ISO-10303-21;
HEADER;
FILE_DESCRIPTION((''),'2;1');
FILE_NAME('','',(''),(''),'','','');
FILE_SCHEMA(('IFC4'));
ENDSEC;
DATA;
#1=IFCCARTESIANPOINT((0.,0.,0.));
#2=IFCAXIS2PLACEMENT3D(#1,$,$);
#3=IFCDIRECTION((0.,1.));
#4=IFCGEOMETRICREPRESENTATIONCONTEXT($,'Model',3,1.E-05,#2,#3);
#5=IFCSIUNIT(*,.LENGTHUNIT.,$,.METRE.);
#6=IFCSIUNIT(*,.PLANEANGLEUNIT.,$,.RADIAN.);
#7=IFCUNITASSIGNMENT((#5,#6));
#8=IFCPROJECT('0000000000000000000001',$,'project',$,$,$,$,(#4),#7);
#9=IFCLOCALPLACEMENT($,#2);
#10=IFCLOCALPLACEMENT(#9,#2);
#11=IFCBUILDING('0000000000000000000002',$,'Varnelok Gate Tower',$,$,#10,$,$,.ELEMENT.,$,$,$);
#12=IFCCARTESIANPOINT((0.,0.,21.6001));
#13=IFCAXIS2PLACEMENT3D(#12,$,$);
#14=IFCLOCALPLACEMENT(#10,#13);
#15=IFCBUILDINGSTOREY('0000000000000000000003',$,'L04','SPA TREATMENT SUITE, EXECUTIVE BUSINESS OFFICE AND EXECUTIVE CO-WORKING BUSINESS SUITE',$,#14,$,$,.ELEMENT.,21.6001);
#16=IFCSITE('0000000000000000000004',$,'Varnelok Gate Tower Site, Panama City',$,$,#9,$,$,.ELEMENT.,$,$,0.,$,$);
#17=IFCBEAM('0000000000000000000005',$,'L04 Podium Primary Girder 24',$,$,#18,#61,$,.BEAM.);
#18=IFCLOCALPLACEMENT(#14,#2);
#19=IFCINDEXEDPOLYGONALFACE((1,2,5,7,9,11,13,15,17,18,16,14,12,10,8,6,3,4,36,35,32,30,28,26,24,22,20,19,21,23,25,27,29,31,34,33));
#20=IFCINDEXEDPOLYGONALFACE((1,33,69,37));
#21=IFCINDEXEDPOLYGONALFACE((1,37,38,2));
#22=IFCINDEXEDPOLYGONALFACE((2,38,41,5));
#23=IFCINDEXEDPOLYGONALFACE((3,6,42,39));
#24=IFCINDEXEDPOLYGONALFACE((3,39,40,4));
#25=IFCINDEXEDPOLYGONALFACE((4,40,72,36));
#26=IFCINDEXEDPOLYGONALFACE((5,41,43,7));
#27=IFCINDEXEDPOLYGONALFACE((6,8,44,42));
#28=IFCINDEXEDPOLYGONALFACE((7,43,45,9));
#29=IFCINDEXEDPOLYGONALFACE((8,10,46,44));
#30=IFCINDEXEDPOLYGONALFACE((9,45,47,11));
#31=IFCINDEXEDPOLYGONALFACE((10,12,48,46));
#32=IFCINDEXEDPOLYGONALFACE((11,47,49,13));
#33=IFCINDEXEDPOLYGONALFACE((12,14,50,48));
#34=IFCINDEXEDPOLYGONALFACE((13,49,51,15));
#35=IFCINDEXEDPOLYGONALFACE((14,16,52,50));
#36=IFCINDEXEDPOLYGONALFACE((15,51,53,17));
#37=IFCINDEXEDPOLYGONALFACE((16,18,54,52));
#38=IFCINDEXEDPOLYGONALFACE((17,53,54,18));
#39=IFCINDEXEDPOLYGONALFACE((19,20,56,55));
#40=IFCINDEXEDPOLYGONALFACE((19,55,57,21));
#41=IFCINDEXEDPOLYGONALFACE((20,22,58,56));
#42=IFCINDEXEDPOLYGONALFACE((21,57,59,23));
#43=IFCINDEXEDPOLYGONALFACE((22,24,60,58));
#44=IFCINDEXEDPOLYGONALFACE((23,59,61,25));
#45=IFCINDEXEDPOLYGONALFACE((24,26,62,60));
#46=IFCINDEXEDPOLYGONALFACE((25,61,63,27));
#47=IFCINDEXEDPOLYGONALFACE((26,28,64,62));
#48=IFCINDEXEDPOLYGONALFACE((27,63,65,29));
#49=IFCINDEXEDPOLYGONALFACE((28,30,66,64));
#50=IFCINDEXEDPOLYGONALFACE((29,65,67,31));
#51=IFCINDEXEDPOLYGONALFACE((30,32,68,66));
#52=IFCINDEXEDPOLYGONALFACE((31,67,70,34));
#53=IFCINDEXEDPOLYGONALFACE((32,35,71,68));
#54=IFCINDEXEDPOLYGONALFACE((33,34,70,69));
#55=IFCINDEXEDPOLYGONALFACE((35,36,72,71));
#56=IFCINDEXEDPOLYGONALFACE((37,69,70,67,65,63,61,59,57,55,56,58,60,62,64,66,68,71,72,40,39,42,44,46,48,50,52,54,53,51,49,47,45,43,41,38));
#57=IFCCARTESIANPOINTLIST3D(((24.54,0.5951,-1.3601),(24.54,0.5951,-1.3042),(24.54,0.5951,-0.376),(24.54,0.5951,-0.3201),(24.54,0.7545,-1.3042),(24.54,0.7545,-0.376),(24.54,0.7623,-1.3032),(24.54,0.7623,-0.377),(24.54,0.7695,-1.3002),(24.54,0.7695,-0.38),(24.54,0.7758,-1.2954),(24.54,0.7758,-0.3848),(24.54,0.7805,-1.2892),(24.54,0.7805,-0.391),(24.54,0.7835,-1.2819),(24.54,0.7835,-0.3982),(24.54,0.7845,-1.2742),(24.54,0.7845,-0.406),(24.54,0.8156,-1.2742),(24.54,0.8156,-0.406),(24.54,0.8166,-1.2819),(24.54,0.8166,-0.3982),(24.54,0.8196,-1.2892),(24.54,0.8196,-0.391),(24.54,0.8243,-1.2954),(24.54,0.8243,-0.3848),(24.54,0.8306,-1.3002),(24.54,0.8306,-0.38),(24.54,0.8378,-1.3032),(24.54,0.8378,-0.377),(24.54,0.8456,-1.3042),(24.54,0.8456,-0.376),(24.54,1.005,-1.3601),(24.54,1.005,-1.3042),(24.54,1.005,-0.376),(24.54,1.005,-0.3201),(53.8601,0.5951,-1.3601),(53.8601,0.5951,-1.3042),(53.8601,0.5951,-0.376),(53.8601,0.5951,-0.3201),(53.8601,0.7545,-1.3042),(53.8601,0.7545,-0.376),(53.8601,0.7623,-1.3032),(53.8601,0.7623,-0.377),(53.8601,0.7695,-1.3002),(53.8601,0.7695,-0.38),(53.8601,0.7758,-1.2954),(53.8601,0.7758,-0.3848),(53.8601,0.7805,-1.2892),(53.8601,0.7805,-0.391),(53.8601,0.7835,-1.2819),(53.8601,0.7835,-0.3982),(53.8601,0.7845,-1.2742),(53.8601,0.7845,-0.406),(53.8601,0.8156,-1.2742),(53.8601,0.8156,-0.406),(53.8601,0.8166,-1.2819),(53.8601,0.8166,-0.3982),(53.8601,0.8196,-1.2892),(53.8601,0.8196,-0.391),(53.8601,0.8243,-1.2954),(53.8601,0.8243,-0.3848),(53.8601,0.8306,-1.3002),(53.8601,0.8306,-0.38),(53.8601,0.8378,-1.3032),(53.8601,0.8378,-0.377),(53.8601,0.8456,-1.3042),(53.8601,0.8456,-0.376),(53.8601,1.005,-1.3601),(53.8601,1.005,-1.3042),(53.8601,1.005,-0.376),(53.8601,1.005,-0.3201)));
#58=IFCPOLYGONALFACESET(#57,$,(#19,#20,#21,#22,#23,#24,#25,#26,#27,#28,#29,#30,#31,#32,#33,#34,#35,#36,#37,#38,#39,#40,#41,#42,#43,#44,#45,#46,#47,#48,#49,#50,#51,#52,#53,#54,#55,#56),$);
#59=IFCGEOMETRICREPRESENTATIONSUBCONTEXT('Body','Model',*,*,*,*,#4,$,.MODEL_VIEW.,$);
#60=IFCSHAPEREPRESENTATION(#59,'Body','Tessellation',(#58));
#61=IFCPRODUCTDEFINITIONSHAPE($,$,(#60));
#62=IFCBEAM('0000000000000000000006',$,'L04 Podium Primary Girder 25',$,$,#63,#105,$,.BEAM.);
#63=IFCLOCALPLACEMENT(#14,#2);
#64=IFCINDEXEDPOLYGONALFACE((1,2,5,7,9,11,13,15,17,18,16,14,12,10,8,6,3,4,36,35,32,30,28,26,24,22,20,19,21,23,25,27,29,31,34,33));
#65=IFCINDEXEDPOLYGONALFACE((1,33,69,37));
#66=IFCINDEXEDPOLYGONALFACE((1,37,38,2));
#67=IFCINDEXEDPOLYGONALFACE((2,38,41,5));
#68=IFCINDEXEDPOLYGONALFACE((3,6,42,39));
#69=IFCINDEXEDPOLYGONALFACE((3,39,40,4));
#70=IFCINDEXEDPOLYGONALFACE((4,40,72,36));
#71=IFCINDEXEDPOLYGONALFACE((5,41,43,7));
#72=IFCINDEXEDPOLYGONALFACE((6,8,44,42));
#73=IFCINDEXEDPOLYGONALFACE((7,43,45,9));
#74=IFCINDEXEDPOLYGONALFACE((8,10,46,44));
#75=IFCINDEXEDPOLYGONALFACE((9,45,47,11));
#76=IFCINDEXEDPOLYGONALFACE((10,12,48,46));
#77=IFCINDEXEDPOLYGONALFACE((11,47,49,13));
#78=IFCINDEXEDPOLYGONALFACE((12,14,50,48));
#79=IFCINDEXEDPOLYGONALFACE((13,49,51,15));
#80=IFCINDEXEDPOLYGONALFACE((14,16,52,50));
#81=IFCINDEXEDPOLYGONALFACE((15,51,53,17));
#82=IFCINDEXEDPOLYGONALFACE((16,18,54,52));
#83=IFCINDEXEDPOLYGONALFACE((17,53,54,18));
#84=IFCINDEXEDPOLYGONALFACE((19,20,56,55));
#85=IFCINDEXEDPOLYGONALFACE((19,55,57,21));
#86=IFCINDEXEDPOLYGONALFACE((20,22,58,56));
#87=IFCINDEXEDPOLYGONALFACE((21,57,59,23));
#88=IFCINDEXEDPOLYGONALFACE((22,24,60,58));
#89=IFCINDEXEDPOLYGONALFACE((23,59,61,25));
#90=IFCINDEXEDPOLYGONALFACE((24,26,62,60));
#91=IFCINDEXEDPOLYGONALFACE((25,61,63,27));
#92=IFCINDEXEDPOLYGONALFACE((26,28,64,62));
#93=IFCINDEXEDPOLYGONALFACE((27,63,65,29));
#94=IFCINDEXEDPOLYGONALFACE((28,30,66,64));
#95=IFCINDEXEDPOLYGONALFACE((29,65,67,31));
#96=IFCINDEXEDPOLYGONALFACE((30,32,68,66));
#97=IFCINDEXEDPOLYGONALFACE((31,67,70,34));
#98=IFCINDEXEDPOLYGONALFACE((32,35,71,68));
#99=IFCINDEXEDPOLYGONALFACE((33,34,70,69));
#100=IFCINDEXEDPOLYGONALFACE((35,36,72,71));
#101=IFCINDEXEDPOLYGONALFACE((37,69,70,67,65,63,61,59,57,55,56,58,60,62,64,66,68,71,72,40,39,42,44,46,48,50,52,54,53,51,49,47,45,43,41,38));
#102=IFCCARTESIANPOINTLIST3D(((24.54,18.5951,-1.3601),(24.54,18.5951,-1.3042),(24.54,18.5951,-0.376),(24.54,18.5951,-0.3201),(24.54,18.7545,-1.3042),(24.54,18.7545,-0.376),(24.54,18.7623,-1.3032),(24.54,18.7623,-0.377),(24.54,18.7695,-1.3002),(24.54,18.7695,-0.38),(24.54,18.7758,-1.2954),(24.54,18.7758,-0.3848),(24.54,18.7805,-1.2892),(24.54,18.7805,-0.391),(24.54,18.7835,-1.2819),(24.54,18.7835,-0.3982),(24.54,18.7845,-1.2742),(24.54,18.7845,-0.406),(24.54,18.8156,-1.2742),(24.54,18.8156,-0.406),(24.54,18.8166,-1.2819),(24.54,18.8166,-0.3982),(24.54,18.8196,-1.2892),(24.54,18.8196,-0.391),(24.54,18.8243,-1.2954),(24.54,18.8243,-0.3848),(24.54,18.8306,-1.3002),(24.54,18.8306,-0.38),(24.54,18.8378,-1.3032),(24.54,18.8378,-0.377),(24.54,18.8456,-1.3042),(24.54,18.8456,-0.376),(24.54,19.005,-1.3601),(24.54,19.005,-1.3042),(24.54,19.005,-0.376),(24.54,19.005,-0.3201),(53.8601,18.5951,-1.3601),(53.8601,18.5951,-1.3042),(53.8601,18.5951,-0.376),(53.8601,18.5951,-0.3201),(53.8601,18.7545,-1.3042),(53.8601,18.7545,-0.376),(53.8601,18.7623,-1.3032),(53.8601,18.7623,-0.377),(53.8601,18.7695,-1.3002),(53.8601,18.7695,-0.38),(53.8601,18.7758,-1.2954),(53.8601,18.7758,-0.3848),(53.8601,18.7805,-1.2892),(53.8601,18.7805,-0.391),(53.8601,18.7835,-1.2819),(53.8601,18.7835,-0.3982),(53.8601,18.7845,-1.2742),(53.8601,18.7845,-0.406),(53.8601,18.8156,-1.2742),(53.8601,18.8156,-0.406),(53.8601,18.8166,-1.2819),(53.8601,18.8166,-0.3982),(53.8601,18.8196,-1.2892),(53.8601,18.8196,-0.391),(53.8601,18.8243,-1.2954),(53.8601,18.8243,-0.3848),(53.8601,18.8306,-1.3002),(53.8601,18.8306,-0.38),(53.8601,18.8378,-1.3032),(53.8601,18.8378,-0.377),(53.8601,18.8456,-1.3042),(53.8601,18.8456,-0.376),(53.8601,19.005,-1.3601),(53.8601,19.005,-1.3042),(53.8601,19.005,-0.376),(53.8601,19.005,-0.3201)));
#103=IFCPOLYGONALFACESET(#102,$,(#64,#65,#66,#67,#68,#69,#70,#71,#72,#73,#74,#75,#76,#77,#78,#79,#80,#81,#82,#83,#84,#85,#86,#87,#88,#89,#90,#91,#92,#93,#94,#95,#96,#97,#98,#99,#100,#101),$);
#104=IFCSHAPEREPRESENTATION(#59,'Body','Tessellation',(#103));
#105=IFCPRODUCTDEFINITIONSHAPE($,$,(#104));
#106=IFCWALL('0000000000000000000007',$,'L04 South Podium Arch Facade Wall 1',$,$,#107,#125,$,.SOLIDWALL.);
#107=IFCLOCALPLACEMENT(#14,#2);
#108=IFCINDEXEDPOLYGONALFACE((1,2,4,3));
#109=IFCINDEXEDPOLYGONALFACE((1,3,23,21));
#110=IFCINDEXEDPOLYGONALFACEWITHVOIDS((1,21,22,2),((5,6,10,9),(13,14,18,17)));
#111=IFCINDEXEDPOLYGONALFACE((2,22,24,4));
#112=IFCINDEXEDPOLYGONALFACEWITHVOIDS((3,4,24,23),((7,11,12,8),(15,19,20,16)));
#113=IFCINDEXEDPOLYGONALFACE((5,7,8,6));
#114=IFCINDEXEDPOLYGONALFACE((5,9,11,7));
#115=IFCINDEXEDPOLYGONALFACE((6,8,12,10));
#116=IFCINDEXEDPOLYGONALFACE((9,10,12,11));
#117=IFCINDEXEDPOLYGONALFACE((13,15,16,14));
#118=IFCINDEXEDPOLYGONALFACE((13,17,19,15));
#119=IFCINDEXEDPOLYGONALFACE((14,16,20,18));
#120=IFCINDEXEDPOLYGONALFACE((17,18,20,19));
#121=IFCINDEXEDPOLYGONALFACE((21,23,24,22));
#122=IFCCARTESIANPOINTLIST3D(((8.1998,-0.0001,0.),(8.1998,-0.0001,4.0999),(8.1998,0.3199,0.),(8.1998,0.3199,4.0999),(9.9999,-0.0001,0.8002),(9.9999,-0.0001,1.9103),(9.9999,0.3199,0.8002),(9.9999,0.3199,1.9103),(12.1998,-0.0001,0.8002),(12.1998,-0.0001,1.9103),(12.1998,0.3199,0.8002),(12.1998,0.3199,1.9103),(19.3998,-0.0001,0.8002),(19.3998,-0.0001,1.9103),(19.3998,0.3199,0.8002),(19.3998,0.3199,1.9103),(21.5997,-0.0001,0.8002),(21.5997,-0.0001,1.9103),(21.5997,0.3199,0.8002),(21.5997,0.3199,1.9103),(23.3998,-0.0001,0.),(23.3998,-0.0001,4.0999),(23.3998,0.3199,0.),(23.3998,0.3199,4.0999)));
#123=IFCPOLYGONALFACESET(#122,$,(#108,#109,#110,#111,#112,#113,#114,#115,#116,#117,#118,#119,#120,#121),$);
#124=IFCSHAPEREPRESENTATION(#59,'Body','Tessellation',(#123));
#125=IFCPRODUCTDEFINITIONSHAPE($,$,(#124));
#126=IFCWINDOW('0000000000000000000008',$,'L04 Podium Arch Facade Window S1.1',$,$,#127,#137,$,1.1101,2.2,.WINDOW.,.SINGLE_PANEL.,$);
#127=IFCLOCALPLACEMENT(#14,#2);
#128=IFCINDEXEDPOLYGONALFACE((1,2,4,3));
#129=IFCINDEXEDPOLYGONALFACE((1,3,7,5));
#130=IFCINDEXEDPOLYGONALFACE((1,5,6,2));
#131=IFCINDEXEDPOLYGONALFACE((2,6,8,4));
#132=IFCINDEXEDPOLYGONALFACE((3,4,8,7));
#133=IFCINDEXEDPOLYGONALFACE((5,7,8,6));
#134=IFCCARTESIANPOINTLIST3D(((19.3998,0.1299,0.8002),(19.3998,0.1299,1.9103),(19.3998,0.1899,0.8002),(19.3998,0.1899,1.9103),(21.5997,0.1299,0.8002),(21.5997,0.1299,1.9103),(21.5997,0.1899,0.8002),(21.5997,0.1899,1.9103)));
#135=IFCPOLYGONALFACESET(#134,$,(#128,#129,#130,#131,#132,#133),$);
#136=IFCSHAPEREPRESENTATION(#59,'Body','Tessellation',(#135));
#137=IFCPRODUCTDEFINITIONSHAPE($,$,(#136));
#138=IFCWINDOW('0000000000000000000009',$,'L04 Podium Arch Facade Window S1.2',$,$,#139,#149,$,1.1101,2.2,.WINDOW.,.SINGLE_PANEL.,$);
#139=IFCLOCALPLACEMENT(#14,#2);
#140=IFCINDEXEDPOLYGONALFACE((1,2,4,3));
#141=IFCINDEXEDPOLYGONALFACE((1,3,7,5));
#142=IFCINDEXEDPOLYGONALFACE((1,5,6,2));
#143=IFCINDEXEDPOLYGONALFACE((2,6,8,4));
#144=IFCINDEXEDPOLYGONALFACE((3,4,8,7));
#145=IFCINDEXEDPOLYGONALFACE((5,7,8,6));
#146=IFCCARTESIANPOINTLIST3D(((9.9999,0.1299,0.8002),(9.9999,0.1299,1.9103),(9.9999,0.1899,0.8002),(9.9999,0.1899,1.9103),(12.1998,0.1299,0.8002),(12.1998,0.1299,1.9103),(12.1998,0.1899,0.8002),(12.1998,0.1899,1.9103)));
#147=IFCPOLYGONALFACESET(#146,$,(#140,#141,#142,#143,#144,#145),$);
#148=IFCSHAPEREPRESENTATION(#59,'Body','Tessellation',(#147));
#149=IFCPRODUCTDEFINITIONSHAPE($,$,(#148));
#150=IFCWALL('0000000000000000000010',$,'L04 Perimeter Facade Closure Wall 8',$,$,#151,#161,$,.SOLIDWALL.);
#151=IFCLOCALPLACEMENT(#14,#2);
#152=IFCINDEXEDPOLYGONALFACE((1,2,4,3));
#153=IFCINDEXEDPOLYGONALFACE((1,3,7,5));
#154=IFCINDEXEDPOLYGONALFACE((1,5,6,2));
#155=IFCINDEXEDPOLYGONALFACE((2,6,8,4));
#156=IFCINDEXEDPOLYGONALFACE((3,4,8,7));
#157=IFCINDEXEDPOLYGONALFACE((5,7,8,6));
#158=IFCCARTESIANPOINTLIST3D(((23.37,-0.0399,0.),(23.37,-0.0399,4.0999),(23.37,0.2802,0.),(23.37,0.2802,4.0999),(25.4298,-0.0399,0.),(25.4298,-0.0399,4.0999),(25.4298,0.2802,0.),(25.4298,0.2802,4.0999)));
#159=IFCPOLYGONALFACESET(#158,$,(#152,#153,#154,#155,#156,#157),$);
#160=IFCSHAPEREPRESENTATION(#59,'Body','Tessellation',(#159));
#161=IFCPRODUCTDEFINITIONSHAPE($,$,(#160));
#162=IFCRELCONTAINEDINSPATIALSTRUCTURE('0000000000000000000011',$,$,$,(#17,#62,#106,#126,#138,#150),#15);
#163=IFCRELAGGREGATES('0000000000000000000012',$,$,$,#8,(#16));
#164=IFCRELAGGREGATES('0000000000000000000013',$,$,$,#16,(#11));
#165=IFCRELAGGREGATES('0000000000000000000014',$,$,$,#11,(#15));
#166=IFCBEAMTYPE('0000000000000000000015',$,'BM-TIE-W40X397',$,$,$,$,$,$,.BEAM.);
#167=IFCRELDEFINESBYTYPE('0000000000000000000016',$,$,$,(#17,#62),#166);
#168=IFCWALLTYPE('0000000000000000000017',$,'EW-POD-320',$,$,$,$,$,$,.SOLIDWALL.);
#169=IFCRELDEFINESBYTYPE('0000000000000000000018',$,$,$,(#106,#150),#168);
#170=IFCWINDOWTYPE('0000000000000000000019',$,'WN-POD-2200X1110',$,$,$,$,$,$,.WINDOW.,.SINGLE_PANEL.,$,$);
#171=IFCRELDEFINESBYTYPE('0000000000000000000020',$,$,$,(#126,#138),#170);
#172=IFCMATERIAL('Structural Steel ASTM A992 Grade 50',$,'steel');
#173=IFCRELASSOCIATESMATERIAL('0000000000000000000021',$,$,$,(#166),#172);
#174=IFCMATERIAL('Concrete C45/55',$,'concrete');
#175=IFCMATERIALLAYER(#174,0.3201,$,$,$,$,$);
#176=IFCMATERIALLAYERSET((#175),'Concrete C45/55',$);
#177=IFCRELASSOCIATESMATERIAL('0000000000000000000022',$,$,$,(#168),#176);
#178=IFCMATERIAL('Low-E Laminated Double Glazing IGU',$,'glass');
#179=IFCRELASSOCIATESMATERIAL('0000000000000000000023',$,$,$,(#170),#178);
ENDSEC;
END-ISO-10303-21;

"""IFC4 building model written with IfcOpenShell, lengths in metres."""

from ifc_helpers import new_model, si_unit, direction, frame, frame_2d, origin, origin_2d, place, context, subcontext, project, spatial, rectangle, i_section, extrude, material, layer, layer_set, material_profile, profile_set, type_object, element, fill, save


model = new_model("IFC4")

# Units and contexts
model_context = context("Model", 3, precision=1e-05, world=origin(), true_north=direction((0.0, 1.0)))
body_context = subcontext(model_context, "Body", "Model", "MODEL_VIEW")
ifc_project = project(units=[si_unit("LENGTHUNIT", "METRE"), si_unit("PLANEANGLEUNIT", "RADIAN")], contexts=[model_context])

# Site, building, storey
site_placement = place(None, origin())
site = spatial("IfcSite", under=ifc_project, at=site_placement, Name="Varnelok Gate Tower Site, Panama City", CompositionType="ELEMENT", RefElevation=0.0)
building_placement = place(site_placement, origin())
building = spatial("IfcBuilding", under=site, at=building_placement, Name="Varnelok Gate Tower", CompositionType="ELEMENT")
storey_placement = place(building_placement, frame((0.0, 0.0, 21.6001)))
storey = spatial("IfcBuildingStorey", under=building, at=storey_placement, Name="L04", Description="SPA TREATMENT SUITE, EXECUTIVE BUSINESS OFFICE AND EXECUTIVE CO-WORKING BUSINESS SUITE", CompositionType="ELEMENT", Elevation=21.6001)

# Beams
ifc_material_1 = material(Name="Structural Steel ASTM A992 Grade 50", Category="steel")
ifc_material_profile_1 = material_profile(ifc_material_1, i_section(OverallWidth=0.4099, OverallDepth=1.04, WebThickness=0.031, FlangeThickness=0.0559, FilletRadius=0.03, at=origin_2d()), Name="W40X397")
ifc_profile_set_1 = profile_set([ifc_material_profile_1], Name="Structural Steel ASTM A992 Grade 50")
beam_type_1 = type_object("IfcBeamType", Name="BM-TIE-W40X397", PredefinedType="BEAM", material=ifc_profile_set_1)
for number, where, z_axis, x_axis, name in (
    (1, (24.54, 0.8, -0.8401), (1.0, 0.0, 0.0), (0.0, 1.0, 0.0), "L04 Podium Primary Girder 24"),
    (2, (24.54, 18.8, -0.8401), (1.0, 0.0, 0.0), (0.0, 1.0, 0.0), "L04 Podium Primary Girder 25"),
):
    element("IfcBeam", number, at=place(storey_placement, frame(where, z_axis=z_axis, x_axis=x_axis)), inside=storey, type_object=beam_type_1, Name=name, PredefinedType="BEAM", context=body_context, shape_type="SweptSolid", body=[
        extrude(i_section(OverallWidth=0.4099, OverallDepth=1.04, WebThickness=0.031, FlangeThickness=0.0559, FilletRadius=0.03, at=origin_2d()), origin(), (0.0, 0.0, 1.0), 29.3201),
    ])

# Wall, openings, windows
ifc_material_2 = material(Name="Concrete C45/55", Category="concrete")
ifc_layer_1 = layer(ifc_material_2, 0.3201)
ifc_layer_set_1 = layer_set([ifc_layer_1], Name="Concrete C45/55")
wall_type_1 = type_object("IfcWallType", Name="EW-POD-320", PredefinedType="SOLIDWALL", material=ifc_layer_set_1)
wall_1_placement = place(storey_placement, frame((23.3999, 0.1599, 0.0), z_axis=(0.0, 0.0, 1.0), x_axis=(-1.0, 0.0, 0.0)))
wall_1 = element("IfcWall", 3, at=wall_1_placement, inside=storey, type_object=wall_type_1, Name="L04 South Podium Arch Facade Wall 1", PredefinedType="SOLIDWALL", context=body_context, shape_type="SweptSolid", body=[
    extrude(rectangle(XDim=15.2, YDim=0.3201, at=frame_2d((7.6001, 0.0))), origin(), (0.0, 0.0, 1.0), 4.0999),
])
opening_1_placement = place(wall_1_placement, frame((1.8, 0.0, 0.8)))
opening_1 = element("IfcOpeningElement", 4, at=opening_1_placement, cuts=wall_1, PredefinedType="OPENING", context=body_context, shape_type="SweptSolid", body=[
    extrude(rectangle(XDim=2.2, YDim=1.1101, at=frame_2d((1.1001, 0.5552))), frame((0.0, 0.1699, 0.0), z_axis=(0.0, -1.0, 0.0), x_axis=(1.0, 0.0, 0.0)), (0.0, 0.0, 1.0), 0.3401),
])
opening_2_placement = place(wall_1_placement, frame((11.2, 0.0, 0.8)))
opening_2 = element("IfcOpeningElement", 5, at=opening_2_placement, cuts=wall_1, PredefinedType="OPENING", context=body_context, shape_type="SweptSolid", body=[
    extrude(rectangle(XDim=2.2, YDim=1.1101, at=frame_2d((1.1001, 0.5552))), frame((0.0, 0.1699, 0.0), z_axis=(0.0, -1.0, 0.0), x_axis=(1.0, 0.0, 0.0)), (0.0, 0.0, 1.0), 0.3401),
])
ifc_material_3 = material(Name="Low-E Laminated Double Glazing IGU", Category="glass")
window_type = type_object("IfcWindowType", Name="WN-POD-2200X1110", PartitioningType="SINGLE_PANEL", PredefinedType="WINDOW", material=ifc_material_3)
window_1_placement = place(opening_1_placement, origin())
window_1 = element("IfcWindow", 6, at=window_1_placement, inside=storey, type_object=window_type, Name="L04 Podium Arch Facade Window S1.1", OverallHeight=1.1101, OverallWidth=2.2, PartitioningType="SINGLE_PANEL", PredefinedType="WINDOW", context=body_context, shape_type="SweptSolid", body=[
    extrude(rectangle(XDim=2.2, YDim=1.1101, at=frame_2d((1.1001, 0.5552))), frame((0.0, 0.03, 0.0), z_axis=(0.0, -1.0, 0.0), x_axis=(1.0, 0.0, 0.0)), (0.0, 0.0, 1.0), 0.0601),
])
fill(opening_1, window_1)
window_2_placement = place(opening_2_placement, origin())
window_2 = element("IfcWindow", 7, at=window_2_placement, inside=storey, type_object=window_type, Name="L04 Podium Arch Facade Window S1.2", OverallHeight=1.1101, OverallWidth=2.2, PartitioningType="SINGLE_PANEL", PredefinedType="WINDOW", context=body_context, shape_type="SweptSolid", body=[
    extrude(rectangle(XDim=2.2, YDim=1.1101, at=frame_2d((1.1001, 0.5552))), frame((0.0, 0.03, 0.0), z_axis=(0.0, -1.0, 0.0), x_axis=(1.0, 0.0, 0.0)), (0.0, 0.0, 1.0), 0.0601),
])
fill(opening_2, window_2)

# Wall
wall_2_placement = place(storey_placement, frame((23.3701, 0.1201, 0.0), z_axis=(0.0, 0.0, 1.0), x_axis=(1.0, 0.0, 0.0)))
element("IfcWall", 8, at=wall_2_placement, inside=storey, type_object=wall_type_1, Name="L04 Perimeter Facade Closure Wall 8", PredefinedType="SOLIDWALL", context=body_context, shape_type="SweptSolid", body=[
    extrude(rectangle(XDim=2.0598, YDim=0.3201, at=frame_2d((1.0298, 0.0))), origin(), (0.0, 0.0, 1.0), 4.0999),
])

save(model, "model.ifc")
